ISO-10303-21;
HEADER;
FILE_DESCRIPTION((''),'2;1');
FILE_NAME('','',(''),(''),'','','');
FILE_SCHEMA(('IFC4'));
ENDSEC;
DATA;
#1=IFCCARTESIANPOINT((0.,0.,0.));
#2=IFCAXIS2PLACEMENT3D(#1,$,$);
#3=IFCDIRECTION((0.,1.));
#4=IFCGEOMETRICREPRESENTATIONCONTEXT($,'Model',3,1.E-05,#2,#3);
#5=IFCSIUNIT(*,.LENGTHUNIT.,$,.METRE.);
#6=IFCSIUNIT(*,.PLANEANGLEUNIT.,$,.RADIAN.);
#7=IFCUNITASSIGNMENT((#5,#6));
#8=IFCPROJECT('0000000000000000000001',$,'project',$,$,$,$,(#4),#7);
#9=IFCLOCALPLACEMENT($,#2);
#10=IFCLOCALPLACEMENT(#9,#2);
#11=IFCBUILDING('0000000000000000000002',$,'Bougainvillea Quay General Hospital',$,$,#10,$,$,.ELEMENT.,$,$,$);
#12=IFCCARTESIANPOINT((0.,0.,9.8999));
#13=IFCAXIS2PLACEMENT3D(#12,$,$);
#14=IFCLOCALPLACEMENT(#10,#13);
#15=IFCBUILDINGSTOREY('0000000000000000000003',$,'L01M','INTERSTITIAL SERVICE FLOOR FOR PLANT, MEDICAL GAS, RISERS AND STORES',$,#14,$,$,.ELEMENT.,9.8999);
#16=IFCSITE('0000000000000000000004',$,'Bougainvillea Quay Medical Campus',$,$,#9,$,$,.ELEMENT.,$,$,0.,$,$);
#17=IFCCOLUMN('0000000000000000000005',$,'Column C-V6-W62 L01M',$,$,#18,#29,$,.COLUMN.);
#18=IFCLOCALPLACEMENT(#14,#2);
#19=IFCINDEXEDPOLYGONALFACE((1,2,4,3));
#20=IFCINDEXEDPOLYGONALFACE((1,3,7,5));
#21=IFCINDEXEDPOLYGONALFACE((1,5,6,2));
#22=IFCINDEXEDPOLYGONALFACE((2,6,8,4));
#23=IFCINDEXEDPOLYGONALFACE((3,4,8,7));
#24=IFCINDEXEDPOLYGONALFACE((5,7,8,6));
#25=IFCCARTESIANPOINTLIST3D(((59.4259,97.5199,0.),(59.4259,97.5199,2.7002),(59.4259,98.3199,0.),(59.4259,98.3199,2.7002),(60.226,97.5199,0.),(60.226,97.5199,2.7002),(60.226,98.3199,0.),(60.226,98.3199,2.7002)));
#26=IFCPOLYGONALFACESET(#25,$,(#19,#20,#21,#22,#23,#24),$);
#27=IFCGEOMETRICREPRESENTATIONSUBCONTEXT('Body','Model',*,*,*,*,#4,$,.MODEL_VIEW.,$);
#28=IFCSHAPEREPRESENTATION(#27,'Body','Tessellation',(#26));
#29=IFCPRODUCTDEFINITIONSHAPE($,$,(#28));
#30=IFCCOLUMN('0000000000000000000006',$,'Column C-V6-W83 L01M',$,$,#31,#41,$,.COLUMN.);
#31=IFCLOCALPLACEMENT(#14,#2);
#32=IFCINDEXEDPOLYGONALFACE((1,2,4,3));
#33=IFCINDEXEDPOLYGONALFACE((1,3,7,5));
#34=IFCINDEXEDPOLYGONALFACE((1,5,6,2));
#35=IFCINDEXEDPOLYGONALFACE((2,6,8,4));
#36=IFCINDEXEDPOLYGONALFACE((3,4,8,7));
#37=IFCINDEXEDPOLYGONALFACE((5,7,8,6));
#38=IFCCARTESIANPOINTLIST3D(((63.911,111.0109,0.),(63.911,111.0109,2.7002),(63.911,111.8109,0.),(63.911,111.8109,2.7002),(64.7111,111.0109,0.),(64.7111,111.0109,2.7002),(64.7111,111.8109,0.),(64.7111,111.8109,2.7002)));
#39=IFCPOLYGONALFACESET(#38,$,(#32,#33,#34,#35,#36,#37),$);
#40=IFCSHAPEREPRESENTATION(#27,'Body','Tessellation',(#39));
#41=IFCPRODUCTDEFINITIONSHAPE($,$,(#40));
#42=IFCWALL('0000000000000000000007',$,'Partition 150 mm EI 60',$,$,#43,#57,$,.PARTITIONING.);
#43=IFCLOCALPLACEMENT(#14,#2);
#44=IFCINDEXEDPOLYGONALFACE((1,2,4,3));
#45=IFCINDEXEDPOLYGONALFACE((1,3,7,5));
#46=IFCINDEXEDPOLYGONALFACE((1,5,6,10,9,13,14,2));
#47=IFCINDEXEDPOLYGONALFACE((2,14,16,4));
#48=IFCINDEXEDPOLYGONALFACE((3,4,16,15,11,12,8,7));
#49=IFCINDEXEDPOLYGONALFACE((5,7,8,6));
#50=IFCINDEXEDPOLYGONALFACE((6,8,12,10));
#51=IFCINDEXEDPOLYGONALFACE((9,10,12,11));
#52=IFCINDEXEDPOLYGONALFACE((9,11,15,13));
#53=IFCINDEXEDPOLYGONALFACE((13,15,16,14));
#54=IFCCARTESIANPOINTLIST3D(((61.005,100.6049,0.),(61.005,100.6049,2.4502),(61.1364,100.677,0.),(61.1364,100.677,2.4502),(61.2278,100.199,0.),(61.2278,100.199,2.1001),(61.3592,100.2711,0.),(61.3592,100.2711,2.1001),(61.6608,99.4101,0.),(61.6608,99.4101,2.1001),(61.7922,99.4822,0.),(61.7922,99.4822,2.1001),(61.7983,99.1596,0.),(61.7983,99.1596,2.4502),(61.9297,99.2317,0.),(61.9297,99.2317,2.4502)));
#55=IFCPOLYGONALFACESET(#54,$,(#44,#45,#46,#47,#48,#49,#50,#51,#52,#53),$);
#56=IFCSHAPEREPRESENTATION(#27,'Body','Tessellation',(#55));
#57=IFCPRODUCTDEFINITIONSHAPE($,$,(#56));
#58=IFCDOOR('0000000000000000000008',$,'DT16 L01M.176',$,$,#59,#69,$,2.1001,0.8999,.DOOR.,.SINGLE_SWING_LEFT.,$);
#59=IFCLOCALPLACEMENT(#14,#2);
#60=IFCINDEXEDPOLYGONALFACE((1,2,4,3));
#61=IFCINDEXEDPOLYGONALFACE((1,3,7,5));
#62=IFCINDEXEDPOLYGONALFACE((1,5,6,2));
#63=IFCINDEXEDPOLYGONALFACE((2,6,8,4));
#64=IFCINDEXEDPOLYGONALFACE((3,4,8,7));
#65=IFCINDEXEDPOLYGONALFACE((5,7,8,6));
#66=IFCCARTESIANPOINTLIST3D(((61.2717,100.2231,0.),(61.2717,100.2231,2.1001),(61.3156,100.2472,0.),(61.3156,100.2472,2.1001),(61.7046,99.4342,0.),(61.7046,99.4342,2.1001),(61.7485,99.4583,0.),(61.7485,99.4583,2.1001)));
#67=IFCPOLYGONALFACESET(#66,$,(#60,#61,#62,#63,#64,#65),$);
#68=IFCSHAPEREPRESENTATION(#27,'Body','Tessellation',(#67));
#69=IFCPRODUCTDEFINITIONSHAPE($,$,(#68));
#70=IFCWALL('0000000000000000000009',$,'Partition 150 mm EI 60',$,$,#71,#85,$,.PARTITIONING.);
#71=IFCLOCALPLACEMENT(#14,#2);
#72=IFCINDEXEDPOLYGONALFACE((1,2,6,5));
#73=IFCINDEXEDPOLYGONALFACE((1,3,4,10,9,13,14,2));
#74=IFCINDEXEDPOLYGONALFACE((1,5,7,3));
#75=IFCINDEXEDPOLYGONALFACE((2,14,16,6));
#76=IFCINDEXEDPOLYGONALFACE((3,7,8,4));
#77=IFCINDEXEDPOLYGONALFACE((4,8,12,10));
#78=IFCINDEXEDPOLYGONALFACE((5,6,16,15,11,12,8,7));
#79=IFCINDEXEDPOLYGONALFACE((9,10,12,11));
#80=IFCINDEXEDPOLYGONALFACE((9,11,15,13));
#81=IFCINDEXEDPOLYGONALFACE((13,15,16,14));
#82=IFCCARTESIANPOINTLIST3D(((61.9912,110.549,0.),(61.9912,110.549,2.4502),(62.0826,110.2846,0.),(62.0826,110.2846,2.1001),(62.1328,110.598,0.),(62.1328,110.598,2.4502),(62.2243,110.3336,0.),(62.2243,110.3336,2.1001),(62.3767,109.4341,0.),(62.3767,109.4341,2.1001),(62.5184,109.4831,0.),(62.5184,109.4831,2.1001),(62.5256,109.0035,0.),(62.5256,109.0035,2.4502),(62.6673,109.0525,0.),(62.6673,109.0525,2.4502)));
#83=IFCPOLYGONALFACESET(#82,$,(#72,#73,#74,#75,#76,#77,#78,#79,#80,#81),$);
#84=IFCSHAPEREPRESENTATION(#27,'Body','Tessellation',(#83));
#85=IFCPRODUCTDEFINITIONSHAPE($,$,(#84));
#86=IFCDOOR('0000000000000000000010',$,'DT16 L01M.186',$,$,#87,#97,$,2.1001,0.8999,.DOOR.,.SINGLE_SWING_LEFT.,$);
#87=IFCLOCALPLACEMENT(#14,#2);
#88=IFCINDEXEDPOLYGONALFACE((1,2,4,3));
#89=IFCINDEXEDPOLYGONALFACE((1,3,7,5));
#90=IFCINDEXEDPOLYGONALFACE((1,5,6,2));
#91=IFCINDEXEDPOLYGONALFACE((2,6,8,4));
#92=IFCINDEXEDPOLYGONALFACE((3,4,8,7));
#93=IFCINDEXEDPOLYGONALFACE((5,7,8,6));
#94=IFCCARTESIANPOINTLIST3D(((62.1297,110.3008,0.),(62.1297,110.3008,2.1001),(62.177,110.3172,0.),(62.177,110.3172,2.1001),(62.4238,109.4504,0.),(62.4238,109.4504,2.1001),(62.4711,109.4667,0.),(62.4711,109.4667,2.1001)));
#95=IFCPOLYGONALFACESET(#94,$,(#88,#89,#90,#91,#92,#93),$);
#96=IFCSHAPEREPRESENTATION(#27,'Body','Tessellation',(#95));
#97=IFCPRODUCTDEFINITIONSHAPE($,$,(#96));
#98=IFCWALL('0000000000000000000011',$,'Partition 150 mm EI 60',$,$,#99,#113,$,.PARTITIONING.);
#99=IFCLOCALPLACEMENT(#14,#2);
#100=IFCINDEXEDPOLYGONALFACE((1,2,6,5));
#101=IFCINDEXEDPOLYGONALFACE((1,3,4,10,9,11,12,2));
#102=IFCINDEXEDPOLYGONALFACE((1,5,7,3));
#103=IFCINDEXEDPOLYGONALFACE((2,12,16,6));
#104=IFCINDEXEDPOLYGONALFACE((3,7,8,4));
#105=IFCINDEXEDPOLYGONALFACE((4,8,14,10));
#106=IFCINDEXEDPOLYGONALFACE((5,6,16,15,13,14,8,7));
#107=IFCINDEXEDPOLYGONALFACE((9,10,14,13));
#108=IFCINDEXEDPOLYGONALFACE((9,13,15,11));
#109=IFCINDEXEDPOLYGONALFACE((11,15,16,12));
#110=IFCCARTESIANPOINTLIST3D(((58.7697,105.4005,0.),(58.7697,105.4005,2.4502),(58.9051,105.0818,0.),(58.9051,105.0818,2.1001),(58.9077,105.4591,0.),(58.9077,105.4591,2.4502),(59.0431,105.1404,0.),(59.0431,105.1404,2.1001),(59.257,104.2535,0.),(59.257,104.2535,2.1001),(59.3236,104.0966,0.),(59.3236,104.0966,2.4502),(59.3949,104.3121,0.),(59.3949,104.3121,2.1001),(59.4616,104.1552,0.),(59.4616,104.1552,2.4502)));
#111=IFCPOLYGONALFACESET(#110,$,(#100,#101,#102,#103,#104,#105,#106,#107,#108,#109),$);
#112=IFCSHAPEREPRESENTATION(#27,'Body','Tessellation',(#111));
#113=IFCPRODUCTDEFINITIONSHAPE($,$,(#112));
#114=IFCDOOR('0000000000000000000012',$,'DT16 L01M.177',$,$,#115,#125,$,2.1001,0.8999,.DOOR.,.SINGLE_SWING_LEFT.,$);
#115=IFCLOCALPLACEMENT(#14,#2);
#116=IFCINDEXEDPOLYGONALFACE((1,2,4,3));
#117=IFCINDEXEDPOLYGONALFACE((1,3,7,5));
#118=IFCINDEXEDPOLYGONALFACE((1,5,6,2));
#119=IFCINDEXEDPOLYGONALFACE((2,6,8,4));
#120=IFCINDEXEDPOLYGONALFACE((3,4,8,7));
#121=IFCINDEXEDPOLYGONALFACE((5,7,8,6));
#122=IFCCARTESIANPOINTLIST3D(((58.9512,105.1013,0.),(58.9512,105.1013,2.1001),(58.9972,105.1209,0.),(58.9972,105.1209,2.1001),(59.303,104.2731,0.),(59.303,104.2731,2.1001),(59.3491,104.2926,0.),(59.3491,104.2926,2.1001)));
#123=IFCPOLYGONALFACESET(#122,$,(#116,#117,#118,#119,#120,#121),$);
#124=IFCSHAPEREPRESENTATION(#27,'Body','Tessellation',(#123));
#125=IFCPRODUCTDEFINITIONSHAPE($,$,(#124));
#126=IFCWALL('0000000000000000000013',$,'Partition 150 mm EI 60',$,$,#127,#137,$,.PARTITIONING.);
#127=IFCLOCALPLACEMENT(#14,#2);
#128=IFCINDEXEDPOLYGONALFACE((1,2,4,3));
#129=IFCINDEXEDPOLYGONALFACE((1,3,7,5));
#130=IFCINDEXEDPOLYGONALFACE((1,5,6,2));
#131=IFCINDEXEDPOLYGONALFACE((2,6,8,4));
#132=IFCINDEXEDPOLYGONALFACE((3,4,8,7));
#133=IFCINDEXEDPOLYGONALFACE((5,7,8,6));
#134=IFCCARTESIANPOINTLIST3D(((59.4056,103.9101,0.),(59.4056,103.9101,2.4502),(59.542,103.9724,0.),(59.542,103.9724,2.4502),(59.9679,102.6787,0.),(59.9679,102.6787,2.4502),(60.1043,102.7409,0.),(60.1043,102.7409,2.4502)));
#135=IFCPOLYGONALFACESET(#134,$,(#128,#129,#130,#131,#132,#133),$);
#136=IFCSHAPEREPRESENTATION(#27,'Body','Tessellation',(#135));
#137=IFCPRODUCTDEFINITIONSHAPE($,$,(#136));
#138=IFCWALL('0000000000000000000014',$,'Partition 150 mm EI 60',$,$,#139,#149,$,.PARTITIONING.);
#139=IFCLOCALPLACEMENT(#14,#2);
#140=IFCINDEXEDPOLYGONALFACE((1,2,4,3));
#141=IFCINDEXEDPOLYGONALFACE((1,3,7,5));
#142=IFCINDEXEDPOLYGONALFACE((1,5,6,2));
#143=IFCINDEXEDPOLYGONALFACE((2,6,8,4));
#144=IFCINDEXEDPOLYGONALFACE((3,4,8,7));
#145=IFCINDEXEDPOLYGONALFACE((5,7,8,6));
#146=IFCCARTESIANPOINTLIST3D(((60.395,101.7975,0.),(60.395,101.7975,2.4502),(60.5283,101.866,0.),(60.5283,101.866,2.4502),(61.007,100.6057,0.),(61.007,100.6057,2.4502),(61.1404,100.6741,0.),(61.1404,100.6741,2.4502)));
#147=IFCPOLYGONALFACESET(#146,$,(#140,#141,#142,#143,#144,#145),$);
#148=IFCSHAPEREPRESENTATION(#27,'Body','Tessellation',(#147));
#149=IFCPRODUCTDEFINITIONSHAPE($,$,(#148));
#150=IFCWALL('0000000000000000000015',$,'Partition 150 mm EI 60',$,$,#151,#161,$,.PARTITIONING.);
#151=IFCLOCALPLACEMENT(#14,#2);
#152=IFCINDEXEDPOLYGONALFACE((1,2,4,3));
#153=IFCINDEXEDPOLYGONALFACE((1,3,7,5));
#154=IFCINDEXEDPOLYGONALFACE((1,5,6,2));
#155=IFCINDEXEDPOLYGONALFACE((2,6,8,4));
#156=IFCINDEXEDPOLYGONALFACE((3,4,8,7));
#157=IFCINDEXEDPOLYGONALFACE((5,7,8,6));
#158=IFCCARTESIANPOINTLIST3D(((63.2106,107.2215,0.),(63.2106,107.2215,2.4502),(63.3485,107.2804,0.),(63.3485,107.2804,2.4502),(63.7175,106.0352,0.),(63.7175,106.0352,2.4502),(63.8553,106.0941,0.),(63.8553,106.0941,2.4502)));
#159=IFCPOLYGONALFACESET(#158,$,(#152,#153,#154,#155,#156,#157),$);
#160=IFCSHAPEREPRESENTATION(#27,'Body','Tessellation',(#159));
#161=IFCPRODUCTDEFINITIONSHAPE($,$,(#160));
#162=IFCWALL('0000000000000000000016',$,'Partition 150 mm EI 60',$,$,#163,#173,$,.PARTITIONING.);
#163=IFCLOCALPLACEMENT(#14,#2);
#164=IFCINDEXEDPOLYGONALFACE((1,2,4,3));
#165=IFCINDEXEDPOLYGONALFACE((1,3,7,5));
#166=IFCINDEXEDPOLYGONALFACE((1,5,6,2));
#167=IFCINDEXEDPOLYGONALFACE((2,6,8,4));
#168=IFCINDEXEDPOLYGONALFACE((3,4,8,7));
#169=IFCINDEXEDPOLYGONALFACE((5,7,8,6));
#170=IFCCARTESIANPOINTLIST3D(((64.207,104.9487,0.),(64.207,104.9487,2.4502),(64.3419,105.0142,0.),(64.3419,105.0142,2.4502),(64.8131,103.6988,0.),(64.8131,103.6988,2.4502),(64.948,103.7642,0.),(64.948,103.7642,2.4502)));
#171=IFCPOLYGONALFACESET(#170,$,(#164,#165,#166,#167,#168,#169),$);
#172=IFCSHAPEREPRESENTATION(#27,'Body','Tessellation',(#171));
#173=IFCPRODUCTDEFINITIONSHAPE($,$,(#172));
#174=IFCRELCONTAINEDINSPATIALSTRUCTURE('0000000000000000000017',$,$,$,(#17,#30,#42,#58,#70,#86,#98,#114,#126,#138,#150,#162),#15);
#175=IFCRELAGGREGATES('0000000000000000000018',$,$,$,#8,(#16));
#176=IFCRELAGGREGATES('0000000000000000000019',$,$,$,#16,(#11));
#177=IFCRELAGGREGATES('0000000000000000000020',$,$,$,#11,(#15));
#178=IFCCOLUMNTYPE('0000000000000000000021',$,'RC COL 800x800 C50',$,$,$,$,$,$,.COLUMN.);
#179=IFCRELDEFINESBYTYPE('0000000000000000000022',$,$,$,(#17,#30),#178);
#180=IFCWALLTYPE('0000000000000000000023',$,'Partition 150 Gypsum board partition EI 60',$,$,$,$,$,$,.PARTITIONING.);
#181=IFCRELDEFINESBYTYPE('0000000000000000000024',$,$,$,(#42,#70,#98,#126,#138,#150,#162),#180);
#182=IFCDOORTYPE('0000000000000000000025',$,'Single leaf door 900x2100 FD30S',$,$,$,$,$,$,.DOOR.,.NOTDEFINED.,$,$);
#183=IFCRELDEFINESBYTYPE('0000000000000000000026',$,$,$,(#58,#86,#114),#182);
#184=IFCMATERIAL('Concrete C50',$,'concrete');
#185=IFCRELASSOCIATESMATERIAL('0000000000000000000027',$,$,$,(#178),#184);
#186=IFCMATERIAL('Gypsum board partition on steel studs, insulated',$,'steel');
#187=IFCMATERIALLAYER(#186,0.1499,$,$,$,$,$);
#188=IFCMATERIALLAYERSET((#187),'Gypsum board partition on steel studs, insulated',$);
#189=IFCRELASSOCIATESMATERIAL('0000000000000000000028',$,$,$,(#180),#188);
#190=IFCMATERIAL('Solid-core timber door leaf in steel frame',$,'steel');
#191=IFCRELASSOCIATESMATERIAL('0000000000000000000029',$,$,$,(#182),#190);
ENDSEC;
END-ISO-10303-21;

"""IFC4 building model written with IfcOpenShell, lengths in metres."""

from ifc_helpers import new_model, si_unit, direction, frame, frame_2d, origin, origin_2d, place, context, subcontext, project, spatial, rectangle, extrude, material, layer, layer_set, material_profile, profile_set, type_object, element, fill, save


model = new_model("IFC4")

# Units and contexts
model_context = context("Model", 3, precision=1e-05, world=origin(), true_north=direction((0.0, 1.0)))
body_context = subcontext(model_context, "Body", "Model", "MODEL_VIEW")
ifc_project = project(units=[si_unit("LENGTHUNIT", "METRE"), si_unit("PLANEANGLEUNIT", "RADIAN")], contexts=[model_context])

# Site, building, storey
site_placement = place(None, origin())
site = spatial("IfcSite", under=ifc_project, at=site_placement, Name="Bougainvillea Quay Medical Campus", CompositionType="ELEMENT", RefElevation=0.0)
building_placement = place(site_placement, origin())
building = spatial("IfcBuilding", under=site, at=building_placement, Name="Bougainvillea Quay General Hospital", CompositionType="ELEMENT")
storey_placement = place(building_placement, frame((0.0, 0.0, 9.8999)))
storey = spatial("IfcBuildingStorey", under=building, at=storey_placement, Name="L01M", Description="INTERSTITIAL SERVICE FLOOR FOR PLANT, MEDICAL GAS, RISERS AND STORES", CompositionType="ELEMENT", Elevation=9.8999)

# Columns
ifc_material_1 = material(Name="Concrete C50", Category="concrete")
ifc_material_profile = material_profile(ifc_material_1, rectangle(XDim=0.8, YDim=0.8, at=origin_2d()))
ifc_profile_set = profile_set([ifc_material_profile], Name="Concrete C50")
column_type = type_object("IfcColumnType", Name="RC COL 800x800 C50", PredefinedType="COLUMN", material=ifc_profile_set)
for number, where, z_axis, x_axis, name in (
    (1, (59.8259, 97.9199, 0.0), (0.0, 0.0, 1.0), (1.0, 0.0, 0.0), "Column C-V6-W62 L01M"),
    (2, (64.311, 111.4109, 0.0), (0.0, 0.0, 1.0), (1.0, 0.0, 0.0), "Column C-V6-W83 L01M"),
):
    element("IfcColumn", number, at=place(storey_placement, frame(where, z_axis=z_axis, x_axis=x_axis)), inside=storey, type_object=column_type, Name=name, PredefinedType="COLUMN", context=body_context, shape_type="SweptSolid", body=[
        extrude(rectangle(XDim=0.8, YDim=0.8, at=origin_2d()), origin(), (0.0, 0.0, 1.0), 2.7002),
    ])

# Walls, openings, doors
ifc_material_2 = material(Name="Gypsum board partition on steel studs, insulated", Category="steel")
ifc_layer_1 = layer(ifc_material_2, 0.1499)
ifc_layer_set_1 = layer_set([ifc_layer_1], Name="Gypsum board partition on steel studs, insulated")
wall_type_1 = type_object("IfcWallType", Name="Partition 150 Gypsum board partition EI 60", PredefinedType="PARTITIONING", material=ifc_layer_set_1)
wall_1_placement = place(storey_placement, frame((61.0708, 100.6409, 0.0), z_axis=(0.0, 0.0, 1.0), x_axis=(0.481123, -0.876653, 0.0)))
wall_1 = element("IfcWall", 3, at=wall_1_placement, inside=storey, type_object=wall_type_1, Name="Partition 150 mm EI 60", PredefinedType="PARTITIONING", context=body_context, shape_type="SweptSolid", body=[
    extrude(rectangle(XDim=1.6487, YDim=0.1499, at=frame_2d((0.8242, 0.0))), origin(), (0.0, 0.0, 1.0), 2.4502),
])
opening_1_placement = place(wall_1_placement, frame((0.4629, 0.0, 0.0)))
opening_1 = element("IfcOpeningElement", 4, at=opening_1_placement, cuts=wall_1, PredefinedType="OPENING", context=body_context, shape_type="SweptSolid", body=[
    extrude(rectangle(XDim=0.8999, YDim=2.1001, at=frame_2d((0.45, 1.05))), frame((0.0, 0.085, 0.0), z_axis=(0.0, -1.0, 0.0), x_axis=(1.0, 0.0, 0.0)), (0.0, 0.0, 1.0), 0.1699),
])
ifc_material_3 = material(Name="Solid-core timber door leaf in steel frame", Category="steel")
door_type_1 = type_object("IfcDoorType", Name="Single leaf door 900x2100 FD30S", OperationType="NOTDEFINED", PredefinedType="DOOR", material=ifc_material_3)
door_1_placement = place(opening_1_placement, frame((0.8999, 0.0, 0.0), z_axis=(0.0, 0.0, 1.0), x_axis=(-1.0, 0.0, 0.0)))
door_1 = element("IfcDoor", 5, at=door_1_placement, inside=storey, type_object=door_type_1, Name="DT16 L01M.176", OperationType="SINGLE_SWING_LEFT", OverallHeight=2.1001, OverallWidth=0.8999, PredefinedType="DOOR", context=body_context, shape_type="SweptSolid", body=[
    extrude(rectangle(XDim=0.8999, YDim=2.1001, at=frame_2d((0.45, 1.05))), frame((0.0, 0.0249, 0.0), z_axis=(0.0, -1.0, 0.0), x_axis=(1.0, 0.0, 0.0)), (0.0, 0.0, 1.0), 0.05),
])
fill(opening_1, door_1)
wall_2_placement = place(storey_placement, frame((62.062, 110.5735, 0.0), z_axis=(0.0, 0.0, 1.0), x_axis=(0.326823, -0.945085, 0.0)))
wall_2 = element("IfcWall", 6, at=wall_2_placement, inside=storey, type_object=wall_type_1, Name="Partition 150 mm EI 60", PredefinedType="PARTITIONING", context=body_context, shape_type="SweptSolid", body=[
    extrude(rectangle(XDim=1.6353, YDim=0.1499, at=frame_2d((0.8176, 0.0))), origin(), (0.0, 0.0, 1.0), 2.4502),
])
opening_2_placement = place(wall_2_placement, frame((0.2798, 0.0, 0.0)))
opening_2 = element("IfcOpeningElement", 7, at=opening_2_placement, cuts=wall_2, PredefinedType="OPENING", context=body_context, shape_type="SweptSolid", body=[
    extrude(rectangle(XDim=0.8999, YDim=2.1001, at=frame_2d((0.45, 1.05))), frame((0.0, 0.085, 0.0), z_axis=(0.0, -1.0, 0.0), x_axis=(1.0, 0.0, 0.0)), (0.0, 0.0, 1.0), 0.1699),
])
door_2_placement = place(opening_2_placement, origin())
door_2 = element("IfcDoor", 8, at=door_2_placement, inside=storey, type_object=door_type_1, Name="DT16 L01M.186", OperationType="SINGLE_SWING_LEFT", OverallHeight=2.1001, OverallWidth=0.8999, PredefinedType="DOOR", context=body_context, shape_type="SweptSolid", body=[
    extrude(rectangle(XDim=0.8999, YDim=2.1001, at=frame_2d((0.45, 1.05))), frame((0.0, 0.0249, 0.0), z_axis=(0.0, -1.0, 0.0), x_axis=(1.0, 0.0, 0.0)), (0.0, 0.0, 1.0), 0.05),
])
fill(opening_2, door_2)
wall_3_placement = place(storey_placement, frame((58.8386, 105.4299, 0.0), z_axis=(0.0, 0.0, 1.0), x_axis=(0.391006, -0.920388, 0.0)))
wall_3 = element("IfcWall", 9, at=wall_3_placement, inside=storey, type_object=wall_type_1, Name="Partition 150 mm EI 60", PredefinedType="PARTITIONING", context=body_context, shape_type="SweptSolid", body=[
    extrude(rectangle(XDim=1.4167, YDim=0.1499, at=frame_2d((0.7085, 0.0))), origin(), (0.0, 0.0, 1.0), 2.4502),
])
opening_3_placement = place(wall_3_placement, frame((0.3464, 0.0, 0.0)))
opening_3 = element("IfcOpeningElement", 10, at=opening_3_placement, cuts=wall_3, PredefinedType="OPENING", context=body_context, shape_type="SweptSolid", body=[
    extrude(rectangle(XDim=0.8999, YDim=2.1001, at=frame_2d((0.45, 1.05))), frame((0.0, 0.085, 0.0), z_axis=(0.0, -1.0, 0.0), x_axis=(1.0, 0.0, 0.0)), (0.0, 0.0, 1.0), 0.1699),
])
door_3_placement = place(opening_3_placement, frame((0.8999, 0.0, 0.0), z_axis=(0.0, 0.0, 1.0), x_axis=(-1.0, 0.0, 0.0)))
door_3 = element("IfcDoor", 11, at=door_3_placement, inside=storey, type_object=door_type_1, Name="DT16 L01M.177", OperationType="SINGLE_SWING_LEFT", OverallHeight=2.1001, OverallWidth=0.8999, PredefinedType="DOOR", context=body_context, shape_type="SweptSolid", body=[
    extrude(rectangle(XDim=0.8999, YDim=2.1001, at=frame_2d((0.45, 1.05))), frame((0.0, 0.0249, 0.0), z_axis=(0.0, -1.0, 0.0), x_axis=(1.0, 0.0, 0.0)), (0.0, 0.0, 1.0), 0.05),
])
fill(opening_3, door_3)

# Walls
wall_4_placement = place(storey_placement, frame((59.4739, 103.9412, 0.0), z_axis=(0.0, 0.0, 1.0), x_axis=(0.415338, -0.909667, 0.0)))
element("IfcWall", 12, at=wall_4_placement, inside=storey, type_object=wall_type_1, Name="Partition 150 mm EI 60", PredefinedType="PARTITIONING", context=body_context, shape_type="SweptSolid", body=[
    extrude(rectangle(XDim=1.3538, YDim=0.1499, at=frame_2d((0.6768, 0.0))), origin(), (0.0, 0.0, 1.0), 2.4502),
])
wall_5_placement = place(storey_placement, frame((60.4617, 101.8318, 0.0), z_axis=(0.0, 0.0, 1.0), x_axis=(0.456809, -0.889565, 0.0)))
element("IfcWall", 13, at=wall_5_placement, inside=storey, type_object=wall_type_1, Name="Partition 150 mm EI 60", PredefinedType="PARTITIONING", context=body_context, shape_type="SweptSolid", body=[
    extrude(rectangle(XDim=1.3398, YDim=0.1499, at=frame_2d((0.6699, 0.0))), origin(), (0.0, 0.0, 1.0), 2.4502),
])
wall_6_placement = place(storey_placement, frame((63.2795, 107.251, 0.0), z_axis=(0.0, 0.0, 1.0), x_axis=(0.392891, -0.919585, 0.0)))
element("IfcWall", 14, at=wall_6_placement, inside=storey, type_object=wall_type_1, Name="Partition 150 mm EI 60", PredefinedType="PARTITIONING", context=body_context, shape_type="SweptSolid", body=[
    extrude(rectangle(XDim=1.29, YDim=0.1499, at=frame_2d((0.645, 0.0))), origin(), (0.0, 0.0, 1.0), 2.4502),
])
wall_7_placement = place(storey_placement, frame((64.2744, 104.9814, 0.0), z_axis=(0.0, 0.0, 1.0), x_axis=(0.436355, -0.899774, 0.0)))
element("IfcWall", 15, at=wall_7_placement, inside=storey, type_object=wall_type_1, Name="Partition 150 mm EI 60", PredefinedType="PARTITIONING", context=body_context, shape_type="SweptSolid", body=[
    extrude(rectangle(XDim=1.3892, YDim=0.1499, at=frame_2d((0.6946, 0.0))), origin(), (0.0, 0.0, 1.0), 2.4502),
])

save(model, "model.ifc")
